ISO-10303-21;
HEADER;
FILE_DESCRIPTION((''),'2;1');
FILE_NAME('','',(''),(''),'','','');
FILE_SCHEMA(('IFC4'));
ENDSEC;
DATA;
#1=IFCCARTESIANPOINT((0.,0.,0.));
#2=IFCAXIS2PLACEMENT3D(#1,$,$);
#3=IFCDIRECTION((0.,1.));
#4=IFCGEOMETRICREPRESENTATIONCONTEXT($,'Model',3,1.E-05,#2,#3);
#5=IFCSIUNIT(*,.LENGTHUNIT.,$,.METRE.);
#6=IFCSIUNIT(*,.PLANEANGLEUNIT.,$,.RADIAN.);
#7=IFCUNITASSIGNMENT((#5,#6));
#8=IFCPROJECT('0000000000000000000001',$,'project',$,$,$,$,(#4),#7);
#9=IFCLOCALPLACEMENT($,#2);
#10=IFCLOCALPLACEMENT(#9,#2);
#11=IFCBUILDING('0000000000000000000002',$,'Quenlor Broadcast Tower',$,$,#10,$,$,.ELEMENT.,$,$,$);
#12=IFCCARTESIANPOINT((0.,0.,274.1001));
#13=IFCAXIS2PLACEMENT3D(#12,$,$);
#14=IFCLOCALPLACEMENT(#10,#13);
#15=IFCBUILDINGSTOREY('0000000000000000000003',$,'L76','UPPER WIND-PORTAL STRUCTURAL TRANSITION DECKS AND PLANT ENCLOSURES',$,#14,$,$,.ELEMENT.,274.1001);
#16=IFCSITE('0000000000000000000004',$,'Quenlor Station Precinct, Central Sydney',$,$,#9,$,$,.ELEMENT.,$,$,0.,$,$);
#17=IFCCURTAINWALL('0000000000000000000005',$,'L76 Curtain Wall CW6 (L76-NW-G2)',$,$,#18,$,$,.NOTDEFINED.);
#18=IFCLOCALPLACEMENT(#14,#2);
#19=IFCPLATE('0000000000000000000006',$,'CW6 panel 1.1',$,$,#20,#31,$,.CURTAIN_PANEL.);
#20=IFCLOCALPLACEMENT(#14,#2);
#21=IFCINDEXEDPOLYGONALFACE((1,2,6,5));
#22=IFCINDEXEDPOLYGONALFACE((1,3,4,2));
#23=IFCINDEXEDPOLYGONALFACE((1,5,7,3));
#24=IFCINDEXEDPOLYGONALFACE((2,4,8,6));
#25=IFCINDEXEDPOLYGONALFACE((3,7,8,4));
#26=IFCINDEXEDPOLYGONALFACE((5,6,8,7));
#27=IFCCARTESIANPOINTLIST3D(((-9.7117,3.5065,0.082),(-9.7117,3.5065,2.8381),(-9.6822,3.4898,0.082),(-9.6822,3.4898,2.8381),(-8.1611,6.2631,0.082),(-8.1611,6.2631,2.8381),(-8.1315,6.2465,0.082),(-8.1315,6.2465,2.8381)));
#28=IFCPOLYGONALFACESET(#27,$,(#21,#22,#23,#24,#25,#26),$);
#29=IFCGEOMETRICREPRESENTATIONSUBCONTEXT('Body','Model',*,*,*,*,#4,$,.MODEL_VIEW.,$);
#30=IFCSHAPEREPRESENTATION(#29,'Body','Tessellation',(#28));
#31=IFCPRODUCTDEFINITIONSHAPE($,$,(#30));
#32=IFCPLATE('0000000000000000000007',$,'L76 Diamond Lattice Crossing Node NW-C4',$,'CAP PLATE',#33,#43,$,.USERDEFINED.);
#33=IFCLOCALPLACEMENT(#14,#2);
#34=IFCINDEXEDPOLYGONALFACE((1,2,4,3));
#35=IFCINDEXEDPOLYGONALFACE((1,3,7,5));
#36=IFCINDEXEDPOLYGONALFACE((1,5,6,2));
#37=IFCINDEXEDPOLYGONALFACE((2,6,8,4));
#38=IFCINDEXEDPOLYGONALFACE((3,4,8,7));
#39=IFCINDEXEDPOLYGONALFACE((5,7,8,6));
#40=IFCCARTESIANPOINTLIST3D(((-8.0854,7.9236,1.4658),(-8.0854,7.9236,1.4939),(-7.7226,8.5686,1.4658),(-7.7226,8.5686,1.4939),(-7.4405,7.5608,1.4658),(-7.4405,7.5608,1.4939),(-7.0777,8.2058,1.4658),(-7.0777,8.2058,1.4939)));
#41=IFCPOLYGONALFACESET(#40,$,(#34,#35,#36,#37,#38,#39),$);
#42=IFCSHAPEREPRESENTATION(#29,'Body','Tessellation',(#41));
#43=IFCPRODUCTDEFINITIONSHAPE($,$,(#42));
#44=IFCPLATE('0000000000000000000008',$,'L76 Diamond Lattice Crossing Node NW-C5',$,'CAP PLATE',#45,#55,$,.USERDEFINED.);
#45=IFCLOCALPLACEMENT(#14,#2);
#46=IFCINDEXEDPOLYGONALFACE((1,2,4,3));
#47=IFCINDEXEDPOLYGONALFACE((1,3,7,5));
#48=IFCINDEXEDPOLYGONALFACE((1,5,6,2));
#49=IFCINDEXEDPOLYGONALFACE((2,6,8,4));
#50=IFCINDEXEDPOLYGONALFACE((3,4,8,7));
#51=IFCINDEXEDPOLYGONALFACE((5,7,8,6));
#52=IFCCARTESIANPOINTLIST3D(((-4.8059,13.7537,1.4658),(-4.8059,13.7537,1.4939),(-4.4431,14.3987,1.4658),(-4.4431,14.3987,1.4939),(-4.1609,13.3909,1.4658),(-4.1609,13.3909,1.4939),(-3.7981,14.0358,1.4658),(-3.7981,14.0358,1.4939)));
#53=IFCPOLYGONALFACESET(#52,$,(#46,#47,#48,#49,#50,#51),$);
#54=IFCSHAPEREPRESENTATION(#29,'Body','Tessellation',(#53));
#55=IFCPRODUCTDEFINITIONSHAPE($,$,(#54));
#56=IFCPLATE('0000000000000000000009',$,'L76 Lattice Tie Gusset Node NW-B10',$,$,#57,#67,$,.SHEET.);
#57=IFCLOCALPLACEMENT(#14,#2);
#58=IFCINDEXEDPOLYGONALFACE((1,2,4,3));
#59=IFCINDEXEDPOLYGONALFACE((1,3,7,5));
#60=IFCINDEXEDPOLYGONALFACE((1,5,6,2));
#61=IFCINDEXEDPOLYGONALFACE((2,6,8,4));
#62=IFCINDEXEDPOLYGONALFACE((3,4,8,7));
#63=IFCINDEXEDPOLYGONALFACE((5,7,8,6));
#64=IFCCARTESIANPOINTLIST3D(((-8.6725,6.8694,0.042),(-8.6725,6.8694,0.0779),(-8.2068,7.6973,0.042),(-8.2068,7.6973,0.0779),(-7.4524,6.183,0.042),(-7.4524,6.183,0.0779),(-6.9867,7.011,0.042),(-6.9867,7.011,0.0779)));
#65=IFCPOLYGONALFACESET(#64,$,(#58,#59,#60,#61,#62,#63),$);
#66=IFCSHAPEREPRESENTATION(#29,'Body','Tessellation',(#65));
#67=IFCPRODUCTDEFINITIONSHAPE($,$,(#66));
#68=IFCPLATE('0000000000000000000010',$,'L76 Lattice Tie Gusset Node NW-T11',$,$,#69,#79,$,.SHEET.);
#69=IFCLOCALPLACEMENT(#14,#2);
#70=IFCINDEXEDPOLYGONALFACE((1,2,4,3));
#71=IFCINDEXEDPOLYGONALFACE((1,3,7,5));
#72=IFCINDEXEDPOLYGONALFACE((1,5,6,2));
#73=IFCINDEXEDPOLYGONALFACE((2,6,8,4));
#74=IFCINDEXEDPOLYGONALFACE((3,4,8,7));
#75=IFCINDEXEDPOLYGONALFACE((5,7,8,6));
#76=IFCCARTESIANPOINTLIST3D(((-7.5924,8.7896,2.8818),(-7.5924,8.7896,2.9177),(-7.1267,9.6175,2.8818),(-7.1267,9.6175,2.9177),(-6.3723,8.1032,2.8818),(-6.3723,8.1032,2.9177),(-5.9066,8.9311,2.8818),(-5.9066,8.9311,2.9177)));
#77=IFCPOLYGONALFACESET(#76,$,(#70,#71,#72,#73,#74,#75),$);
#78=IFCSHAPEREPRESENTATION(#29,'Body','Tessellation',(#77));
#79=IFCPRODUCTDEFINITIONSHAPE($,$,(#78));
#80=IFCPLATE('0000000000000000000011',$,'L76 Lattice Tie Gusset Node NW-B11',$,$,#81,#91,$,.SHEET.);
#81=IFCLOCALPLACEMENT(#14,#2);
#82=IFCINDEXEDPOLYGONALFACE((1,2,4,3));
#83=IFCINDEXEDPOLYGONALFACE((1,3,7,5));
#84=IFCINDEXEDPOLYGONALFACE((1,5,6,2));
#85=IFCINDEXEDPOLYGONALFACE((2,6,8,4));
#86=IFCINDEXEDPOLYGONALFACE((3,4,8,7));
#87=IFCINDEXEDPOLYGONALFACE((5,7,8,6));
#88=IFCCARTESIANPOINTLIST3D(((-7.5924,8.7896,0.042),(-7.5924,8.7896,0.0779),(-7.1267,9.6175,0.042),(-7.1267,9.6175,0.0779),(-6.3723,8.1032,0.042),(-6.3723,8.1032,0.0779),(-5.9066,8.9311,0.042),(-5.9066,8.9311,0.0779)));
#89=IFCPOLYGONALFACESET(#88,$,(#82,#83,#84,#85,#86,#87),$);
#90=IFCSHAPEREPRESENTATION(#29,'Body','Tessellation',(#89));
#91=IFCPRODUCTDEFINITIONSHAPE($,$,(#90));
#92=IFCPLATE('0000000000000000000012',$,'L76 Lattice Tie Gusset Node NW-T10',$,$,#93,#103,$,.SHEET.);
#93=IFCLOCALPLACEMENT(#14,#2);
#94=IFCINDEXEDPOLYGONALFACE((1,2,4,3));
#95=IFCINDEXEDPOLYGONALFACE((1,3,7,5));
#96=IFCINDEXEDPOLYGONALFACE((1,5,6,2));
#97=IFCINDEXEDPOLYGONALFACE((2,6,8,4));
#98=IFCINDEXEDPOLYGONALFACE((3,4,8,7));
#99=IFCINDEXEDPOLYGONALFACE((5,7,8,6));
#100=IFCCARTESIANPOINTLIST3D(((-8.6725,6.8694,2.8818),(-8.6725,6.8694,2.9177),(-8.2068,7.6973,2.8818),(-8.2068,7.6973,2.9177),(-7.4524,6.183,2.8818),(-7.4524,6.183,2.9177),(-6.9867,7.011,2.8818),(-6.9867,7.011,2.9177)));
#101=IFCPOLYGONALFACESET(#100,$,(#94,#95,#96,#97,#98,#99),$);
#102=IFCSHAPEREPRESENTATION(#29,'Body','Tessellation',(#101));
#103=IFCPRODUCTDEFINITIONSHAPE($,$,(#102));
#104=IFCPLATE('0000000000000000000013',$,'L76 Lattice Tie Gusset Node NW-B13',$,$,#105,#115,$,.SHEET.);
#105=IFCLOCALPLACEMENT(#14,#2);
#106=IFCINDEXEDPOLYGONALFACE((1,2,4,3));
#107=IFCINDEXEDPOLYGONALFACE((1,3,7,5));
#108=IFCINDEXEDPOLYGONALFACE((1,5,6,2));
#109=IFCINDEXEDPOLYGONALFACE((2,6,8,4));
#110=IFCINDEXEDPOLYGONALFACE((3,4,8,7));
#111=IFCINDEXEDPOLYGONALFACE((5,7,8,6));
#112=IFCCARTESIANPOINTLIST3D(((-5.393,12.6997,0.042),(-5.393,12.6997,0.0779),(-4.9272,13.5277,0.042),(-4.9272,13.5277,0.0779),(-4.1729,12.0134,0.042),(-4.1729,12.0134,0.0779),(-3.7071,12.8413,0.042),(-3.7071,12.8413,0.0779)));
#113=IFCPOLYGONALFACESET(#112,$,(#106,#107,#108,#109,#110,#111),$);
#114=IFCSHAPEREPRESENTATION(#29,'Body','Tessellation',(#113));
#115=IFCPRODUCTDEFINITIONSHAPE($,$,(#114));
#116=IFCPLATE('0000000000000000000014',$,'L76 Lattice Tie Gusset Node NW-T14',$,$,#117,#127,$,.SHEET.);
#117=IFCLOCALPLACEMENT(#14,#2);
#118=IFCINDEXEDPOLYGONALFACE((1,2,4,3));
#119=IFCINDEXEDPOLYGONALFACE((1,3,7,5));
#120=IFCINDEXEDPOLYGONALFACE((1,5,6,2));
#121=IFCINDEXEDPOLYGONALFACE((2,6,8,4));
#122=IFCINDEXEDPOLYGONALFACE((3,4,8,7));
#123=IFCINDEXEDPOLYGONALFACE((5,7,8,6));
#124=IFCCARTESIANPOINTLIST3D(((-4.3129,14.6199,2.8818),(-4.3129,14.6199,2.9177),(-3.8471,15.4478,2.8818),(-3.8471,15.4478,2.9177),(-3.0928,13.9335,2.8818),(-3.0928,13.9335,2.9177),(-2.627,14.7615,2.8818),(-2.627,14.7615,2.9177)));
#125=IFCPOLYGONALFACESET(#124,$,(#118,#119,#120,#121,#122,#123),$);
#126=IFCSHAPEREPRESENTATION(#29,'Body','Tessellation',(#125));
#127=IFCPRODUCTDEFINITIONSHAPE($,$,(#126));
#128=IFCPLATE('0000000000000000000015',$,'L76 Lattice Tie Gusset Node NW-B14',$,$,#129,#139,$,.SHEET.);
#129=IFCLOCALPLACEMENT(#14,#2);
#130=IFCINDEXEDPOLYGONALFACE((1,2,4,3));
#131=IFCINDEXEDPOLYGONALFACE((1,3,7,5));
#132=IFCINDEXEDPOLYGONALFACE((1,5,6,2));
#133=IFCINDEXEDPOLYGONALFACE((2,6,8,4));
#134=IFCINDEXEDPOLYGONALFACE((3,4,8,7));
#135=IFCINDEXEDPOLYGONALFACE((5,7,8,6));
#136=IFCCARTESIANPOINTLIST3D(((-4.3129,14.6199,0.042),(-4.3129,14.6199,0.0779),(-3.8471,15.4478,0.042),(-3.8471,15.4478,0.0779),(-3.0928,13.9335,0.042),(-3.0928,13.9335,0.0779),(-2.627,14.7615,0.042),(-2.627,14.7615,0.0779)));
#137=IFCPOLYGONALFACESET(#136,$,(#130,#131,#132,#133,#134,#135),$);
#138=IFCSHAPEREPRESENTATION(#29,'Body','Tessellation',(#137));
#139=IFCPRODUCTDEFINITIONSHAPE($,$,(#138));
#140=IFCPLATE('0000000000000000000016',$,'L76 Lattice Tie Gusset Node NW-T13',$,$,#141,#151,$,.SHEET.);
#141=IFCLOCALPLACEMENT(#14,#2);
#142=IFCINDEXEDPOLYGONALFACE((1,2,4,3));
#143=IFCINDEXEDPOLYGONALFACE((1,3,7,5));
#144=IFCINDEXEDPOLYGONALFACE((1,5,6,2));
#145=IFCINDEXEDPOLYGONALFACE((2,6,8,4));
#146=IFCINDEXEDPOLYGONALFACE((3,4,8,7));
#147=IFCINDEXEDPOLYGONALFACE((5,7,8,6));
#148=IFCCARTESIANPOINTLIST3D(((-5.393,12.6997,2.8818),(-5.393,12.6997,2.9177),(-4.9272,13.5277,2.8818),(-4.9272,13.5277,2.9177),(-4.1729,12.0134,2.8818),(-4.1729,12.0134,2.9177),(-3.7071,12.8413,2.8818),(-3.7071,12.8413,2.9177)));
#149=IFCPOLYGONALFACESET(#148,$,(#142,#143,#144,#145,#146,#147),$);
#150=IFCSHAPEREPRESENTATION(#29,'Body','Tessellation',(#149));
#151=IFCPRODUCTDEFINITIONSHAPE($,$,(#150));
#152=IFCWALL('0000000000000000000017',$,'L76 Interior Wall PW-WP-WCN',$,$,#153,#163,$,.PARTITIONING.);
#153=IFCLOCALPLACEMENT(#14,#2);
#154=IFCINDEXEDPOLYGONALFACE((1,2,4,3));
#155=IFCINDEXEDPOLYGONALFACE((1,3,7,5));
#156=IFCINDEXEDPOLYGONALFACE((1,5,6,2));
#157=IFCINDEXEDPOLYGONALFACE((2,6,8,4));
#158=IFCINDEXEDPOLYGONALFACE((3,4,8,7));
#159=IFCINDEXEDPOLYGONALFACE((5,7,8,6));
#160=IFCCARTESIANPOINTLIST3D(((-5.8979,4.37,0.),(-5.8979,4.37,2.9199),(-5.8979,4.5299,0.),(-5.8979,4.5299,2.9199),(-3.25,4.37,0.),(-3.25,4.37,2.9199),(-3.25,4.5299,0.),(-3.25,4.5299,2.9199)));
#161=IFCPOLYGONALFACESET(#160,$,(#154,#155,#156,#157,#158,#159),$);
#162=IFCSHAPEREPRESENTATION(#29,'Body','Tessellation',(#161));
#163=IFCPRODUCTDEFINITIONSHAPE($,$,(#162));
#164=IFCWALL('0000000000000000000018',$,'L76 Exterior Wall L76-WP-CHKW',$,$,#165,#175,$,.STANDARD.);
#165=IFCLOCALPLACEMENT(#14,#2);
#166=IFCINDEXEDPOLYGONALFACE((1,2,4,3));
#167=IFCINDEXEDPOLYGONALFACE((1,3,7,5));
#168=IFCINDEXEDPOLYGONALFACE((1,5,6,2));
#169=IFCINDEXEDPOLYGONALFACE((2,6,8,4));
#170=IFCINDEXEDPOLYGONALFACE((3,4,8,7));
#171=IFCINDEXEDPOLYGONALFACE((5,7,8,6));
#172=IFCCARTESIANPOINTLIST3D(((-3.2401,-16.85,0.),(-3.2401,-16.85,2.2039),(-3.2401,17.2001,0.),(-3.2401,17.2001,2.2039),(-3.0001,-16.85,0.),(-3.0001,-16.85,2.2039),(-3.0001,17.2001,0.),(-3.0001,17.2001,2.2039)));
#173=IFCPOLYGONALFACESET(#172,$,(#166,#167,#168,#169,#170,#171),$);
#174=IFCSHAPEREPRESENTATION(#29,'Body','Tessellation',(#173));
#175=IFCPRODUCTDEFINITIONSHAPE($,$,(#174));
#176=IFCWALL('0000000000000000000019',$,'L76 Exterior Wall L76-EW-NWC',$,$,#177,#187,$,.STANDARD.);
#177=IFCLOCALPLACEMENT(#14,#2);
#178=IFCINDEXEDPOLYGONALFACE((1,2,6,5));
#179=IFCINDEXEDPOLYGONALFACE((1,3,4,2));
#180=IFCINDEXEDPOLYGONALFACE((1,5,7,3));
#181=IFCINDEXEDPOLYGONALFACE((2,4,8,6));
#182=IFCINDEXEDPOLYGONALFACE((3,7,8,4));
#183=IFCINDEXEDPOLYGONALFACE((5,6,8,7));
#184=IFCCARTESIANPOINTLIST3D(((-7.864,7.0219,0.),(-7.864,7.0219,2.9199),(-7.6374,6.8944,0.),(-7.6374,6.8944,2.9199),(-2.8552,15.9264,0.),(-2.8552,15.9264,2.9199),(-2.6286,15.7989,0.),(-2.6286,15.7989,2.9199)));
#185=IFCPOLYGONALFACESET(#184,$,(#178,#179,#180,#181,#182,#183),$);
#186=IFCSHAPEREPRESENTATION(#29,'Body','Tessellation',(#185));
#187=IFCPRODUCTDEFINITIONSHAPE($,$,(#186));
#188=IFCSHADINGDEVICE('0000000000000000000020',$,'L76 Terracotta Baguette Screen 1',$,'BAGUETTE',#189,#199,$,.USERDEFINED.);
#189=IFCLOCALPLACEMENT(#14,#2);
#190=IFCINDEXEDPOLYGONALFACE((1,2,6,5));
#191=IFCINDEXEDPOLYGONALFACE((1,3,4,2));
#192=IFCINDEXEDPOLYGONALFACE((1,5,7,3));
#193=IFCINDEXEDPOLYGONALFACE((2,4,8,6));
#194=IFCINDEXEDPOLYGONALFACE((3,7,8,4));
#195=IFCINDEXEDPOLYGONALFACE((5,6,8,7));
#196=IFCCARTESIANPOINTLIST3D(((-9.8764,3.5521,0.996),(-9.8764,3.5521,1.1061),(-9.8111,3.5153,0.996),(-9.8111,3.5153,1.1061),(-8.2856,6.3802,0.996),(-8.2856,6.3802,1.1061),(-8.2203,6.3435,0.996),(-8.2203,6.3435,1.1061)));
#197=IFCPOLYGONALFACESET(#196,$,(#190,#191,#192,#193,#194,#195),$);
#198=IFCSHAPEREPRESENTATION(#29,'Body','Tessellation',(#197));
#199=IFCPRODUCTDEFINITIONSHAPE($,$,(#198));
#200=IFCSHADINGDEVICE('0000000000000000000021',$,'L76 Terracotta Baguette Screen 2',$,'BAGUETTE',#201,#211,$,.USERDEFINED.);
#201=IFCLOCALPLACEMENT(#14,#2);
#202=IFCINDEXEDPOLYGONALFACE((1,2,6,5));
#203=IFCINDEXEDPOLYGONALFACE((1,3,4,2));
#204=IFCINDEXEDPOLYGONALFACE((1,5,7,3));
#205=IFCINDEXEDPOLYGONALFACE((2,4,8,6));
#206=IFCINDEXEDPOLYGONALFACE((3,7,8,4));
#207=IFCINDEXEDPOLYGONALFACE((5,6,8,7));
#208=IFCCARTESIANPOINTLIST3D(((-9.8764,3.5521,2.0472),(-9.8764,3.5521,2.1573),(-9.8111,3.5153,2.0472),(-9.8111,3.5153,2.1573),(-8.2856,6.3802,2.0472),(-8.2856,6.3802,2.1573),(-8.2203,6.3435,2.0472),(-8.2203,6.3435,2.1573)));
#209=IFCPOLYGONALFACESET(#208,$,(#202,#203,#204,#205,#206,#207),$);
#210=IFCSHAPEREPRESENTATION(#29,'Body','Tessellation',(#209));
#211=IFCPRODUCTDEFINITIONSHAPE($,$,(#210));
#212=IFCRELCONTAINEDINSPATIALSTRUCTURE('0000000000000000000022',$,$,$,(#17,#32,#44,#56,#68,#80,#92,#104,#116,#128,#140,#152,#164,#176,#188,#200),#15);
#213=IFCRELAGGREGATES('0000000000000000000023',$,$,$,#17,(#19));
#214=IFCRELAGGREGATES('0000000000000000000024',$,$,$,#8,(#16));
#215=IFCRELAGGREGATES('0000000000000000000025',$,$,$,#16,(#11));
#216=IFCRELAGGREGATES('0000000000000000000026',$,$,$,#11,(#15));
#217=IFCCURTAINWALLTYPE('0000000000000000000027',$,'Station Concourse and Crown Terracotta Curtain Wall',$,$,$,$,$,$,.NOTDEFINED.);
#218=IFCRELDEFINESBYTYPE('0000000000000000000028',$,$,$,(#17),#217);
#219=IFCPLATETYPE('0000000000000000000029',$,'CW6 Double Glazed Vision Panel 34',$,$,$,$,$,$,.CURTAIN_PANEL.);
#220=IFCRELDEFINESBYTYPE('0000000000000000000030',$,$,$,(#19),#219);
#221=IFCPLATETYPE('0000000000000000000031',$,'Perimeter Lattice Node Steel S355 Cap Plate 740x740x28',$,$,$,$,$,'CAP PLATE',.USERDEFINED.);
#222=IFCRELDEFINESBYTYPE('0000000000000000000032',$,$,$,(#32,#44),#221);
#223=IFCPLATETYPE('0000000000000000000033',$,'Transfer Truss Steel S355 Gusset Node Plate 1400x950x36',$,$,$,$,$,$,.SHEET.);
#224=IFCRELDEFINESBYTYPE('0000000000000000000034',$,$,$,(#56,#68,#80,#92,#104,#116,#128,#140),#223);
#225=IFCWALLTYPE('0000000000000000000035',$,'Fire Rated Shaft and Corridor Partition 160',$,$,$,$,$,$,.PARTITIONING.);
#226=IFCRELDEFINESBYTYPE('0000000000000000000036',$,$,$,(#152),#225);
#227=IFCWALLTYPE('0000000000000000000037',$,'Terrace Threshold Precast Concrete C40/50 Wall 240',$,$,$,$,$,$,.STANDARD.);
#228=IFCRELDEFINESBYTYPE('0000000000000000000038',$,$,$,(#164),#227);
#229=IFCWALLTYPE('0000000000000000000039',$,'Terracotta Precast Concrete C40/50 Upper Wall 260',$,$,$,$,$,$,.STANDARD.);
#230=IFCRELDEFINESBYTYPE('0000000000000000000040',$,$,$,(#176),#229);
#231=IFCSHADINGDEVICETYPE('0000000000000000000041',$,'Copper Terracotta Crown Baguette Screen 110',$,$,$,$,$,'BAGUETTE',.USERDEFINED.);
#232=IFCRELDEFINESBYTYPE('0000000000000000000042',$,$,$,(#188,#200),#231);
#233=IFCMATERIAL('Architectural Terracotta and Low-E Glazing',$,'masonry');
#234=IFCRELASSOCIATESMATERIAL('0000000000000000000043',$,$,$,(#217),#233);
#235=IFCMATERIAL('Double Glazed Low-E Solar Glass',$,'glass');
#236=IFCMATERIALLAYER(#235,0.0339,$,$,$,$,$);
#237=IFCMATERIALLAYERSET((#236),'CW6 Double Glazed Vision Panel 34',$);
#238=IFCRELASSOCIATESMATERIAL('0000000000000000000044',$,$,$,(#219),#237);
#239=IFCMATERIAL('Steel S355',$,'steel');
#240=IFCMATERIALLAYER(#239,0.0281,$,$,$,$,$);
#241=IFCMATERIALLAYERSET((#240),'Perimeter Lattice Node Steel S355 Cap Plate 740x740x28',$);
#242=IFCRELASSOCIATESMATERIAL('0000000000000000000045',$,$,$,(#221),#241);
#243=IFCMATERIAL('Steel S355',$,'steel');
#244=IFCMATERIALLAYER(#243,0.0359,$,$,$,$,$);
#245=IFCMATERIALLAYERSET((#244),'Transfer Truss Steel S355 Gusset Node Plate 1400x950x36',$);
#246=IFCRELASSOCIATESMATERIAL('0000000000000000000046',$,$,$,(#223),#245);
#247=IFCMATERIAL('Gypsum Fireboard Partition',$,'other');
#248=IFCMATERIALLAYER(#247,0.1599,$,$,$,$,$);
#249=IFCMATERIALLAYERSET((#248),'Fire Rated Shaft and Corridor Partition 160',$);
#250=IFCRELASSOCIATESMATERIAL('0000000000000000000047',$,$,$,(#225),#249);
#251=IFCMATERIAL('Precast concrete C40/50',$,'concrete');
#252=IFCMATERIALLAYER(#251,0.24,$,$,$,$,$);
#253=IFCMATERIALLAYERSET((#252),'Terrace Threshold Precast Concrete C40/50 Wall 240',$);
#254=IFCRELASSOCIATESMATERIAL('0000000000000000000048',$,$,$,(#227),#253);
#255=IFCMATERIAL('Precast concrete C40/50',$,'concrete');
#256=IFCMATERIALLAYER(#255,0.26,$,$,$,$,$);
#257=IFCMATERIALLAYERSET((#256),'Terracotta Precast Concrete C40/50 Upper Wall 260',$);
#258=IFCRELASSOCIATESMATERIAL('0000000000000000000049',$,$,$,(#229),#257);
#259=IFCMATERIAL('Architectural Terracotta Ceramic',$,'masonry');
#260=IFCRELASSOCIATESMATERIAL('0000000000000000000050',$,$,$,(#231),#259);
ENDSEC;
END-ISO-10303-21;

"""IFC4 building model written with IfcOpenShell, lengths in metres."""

from ifc_helpers import new_model, si_unit, direction, frame, frame_2d, origin, origin_2d, place, context, subcontext, project, spatial, rectangle, extrude, material, layer, layer_set, material_profile, profile_set, type_object, element, aggregate, save


model = new_model("IFC4")

# Units and contexts
model_context = context("Model", 3, precision=1e-05, world=origin(), true_north=direction((0.0, 1.0)))
body_context = subcontext(model_context, "Body", "Model", "MODEL_VIEW")
ifc_project = project(units=[si_unit("LENGTHUNIT", "METRE"), si_unit("PLANEANGLEUNIT", "RADIAN")], contexts=[model_context])

# Site, building, storey
site_placement = place(None, origin())
site = spatial("IfcSite", under=ifc_project, at=site_placement, Name="Quenlor Station Precinct, Central Sydney", CompositionType="ELEMENT", RefElevation=0.0)
building_placement = place(site_placement, origin())
building = spatial("IfcBuilding", under=site, at=building_placement, Name="Quenlor Broadcast Tower", CompositionType="ELEMENT")
storey_placement = place(building_placement, frame((0.0, 0.0, 274.1001)))
storey = spatial("IfcBuildingStorey", under=building, at=storey_placement, Name="L76", Description="UPPER WIND-PORTAL STRUCTURAL TRANSITION DECKS AND PLANT ENCLOSURES", CompositionType="ELEMENT", Elevation=274.1001)

# Curtain wall
ifc_material_1 = material(Name="Architectural Terracotta and Low-E Glazing", Category="masonry")
curtain_wall_type = type_object("IfcCurtainWallType", Name="Station Concourse and Crown Terracotta Curtain Wall", PredefinedType="NOTDEFINED", material=ifc_material_1)
curtain_wall_placement = place(storey_placement, origin())
curtain_wall = element("IfcCurtainWall", 1, at=curtain_wall_placement, inside=storey, type_object=curtain_wall_type, Name="L76 Curtain Wall CW6 (L76-NW-G2)", PredefinedType="NOTDEFINED")

# Plate
ifc_material_2 = material(Name="Double Glazed Low-E Solar Glass", Category="glass")
ifc_layer_1 = layer(ifc_material_2, 0.0339)
ifc_layer_set_1 = layer_set([ifc_layer_1], Name="CW6 Double Glazed Vision Panel 34")
plate_type_1 = type_object("IfcPlateType", Name="CW6 Double Glazed Vision Panel 34", PredefinedType="CURTAIN_PANEL", material=ifc_layer_set_1)
plate_placement = place(storey_placement, frame((-8.9216, 4.8765, 0.082), z_axis=(0.0, 0.0, 1.0), x_axis=(0.490268, 0.871572, 0.0)))
plate = element("IfcPlate", 2, at=plate_placement, type_object=plate_type_1, Name="CW6 panel 1.1", PredefinedType="CURTAIN_PANEL", context=body_context, shape_type="SweptSolid", body=[
    extrude(rectangle(XDim=3.1628, YDim=0.0339, at=origin_2d()), origin(), (0.0, 0.0, 1.0), 2.7561),
])
aggregate(curtain_wall, [plate])

# Plates
ifc_material_3 = material(Name="Steel S355", Category="steel")
ifc_layer_2 = layer(ifc_material_3, 0.0281)
ifc_layer_set_2 = layer_set([ifc_layer_2], Name="Perimeter Lattice Node Steel S355 Cap Plate 740x740x28")
plate_type_2 = type_object("IfcPlateType", Name="Perimeter Lattice Node Steel S355 Cap Plate 740x740x28", ElementType="CAP PLATE", PredefinedType="USERDEFINED", material=ifc_layer_set_2)
for number, where, z_axis, x_axis, name in (
    (3, (-7.5815, 8.0647, 1.4658), (0.0, 0.0, 1.0), (0.490295, 0.871556, 0.0), "L76 Diamond Lattice Crossing Node NW-C4"),
    (4, (-4.302, 13.8948, 1.4658), (0.0, 0.0, 1.0), (0.490295, 0.871556, 0.0), "L76 Diamond Lattice Crossing Node NW-C5"),
):
    element("IfcPlate", number, at=place(storey_placement, frame(where, z_axis=z_axis, x_axis=x_axis)), inside=storey, type_object=plate_type_2, Name=name, ObjectType="CAP PLATE", PredefinedType="USERDEFINED", context=body_context, shape_type="SweptSolid", body=[
        extrude(rectangle(XDim=0.74, YDim=0.74, at=origin_2d()), origin(), (0.0, 0.0, 1.0), 0.0281),
    ])
ifc_material_4 = material(Name="Steel S355", Category="steel")
ifc_layer_3 = layer(ifc_material_4, 0.0359)
ifc_layer_set_3 = layer_set([ifc_layer_3], Name="Transfer Truss Steel S355 Gusset Node Plate 1400x950x36")
plate_type_3 = type_object("IfcPlateType", Name="Transfer Truss Steel S355 Gusset Node Plate 1400x950x36", PredefinedType="SHEET", material=ifc_layer_set_3)
for number, where, z_axis, x_axis, name in (
    (5, (-7.8296, 6.9402, 0.042), (0.0, 0.0, 1.0), (-0.871556, 0.490295, 0.0), "L76 Lattice Tie Gusset Node NW-B10"),
    (6, (-6.7495, 8.8604, 2.8818), (0.0, 0.0, 1.0), (-0.871556, 0.490295, 0.0), "L76 Lattice Tie Gusset Node NW-T11"),
    (7, (-6.7495, 8.8604, 0.042), (0.0, 0.0, 1.0), (-0.871556, 0.490295, 0.0), "L76 Lattice Tie Gusset Node NW-B11"),
    (8, (-7.8296, 6.9402, 2.8818), (0.0, 0.0, 1.0), (-0.871556, 0.490295, 0.0), "L76 Lattice Tie Gusset Node NW-T10"),
    (9, (-4.55, 12.7705, 0.042), (0.0, 0.0, 1.0), (-0.871556, 0.490295, 0.0), "L76 Lattice Tie Gusset Node NW-B13"),
    (10, (-3.47, 14.6907, 2.8818), (0.0, 0.0, 1.0), (-0.871556, 0.490295, 0.0), "L76 Lattice Tie Gusset Node NW-T14"),
    (11, (-3.47, 14.6907, 0.042), (0.0, 0.0, 1.0), (-0.871556, 0.490295, 0.0), "L76 Lattice Tie Gusset Node NW-B14"),
    (12, (-4.55, 12.7705, 2.8818), (0.0, 0.0, 1.0), (-0.871556, 0.490295, 0.0), "L76 Lattice Tie Gusset Node NW-T13"),
):
    element("IfcPlate", number, at=place(storey_placement, frame(where, z_axis=z_axis, x_axis=x_axis)), inside=storey, type_object=plate_type_3, Name=name, PredefinedType="SHEET", context=body_context, shape_type="SweptSolid", body=[
        extrude(rectangle(XDim=1.3999, YDim=0.95, at=origin_2d()), origin(), (0.0, 0.0, 1.0), 0.0359),
    ])

# Walls
ifc_material_5 = material(Name="Gypsum Fireboard Partition", Category="other")
ifc_layer_4 = layer(ifc_material_5, 0.1599)
ifc_layer_set_4 = layer_set([ifc_layer_4], Name="Fire Rated Shaft and Corridor Partition 160")
wall_type_1 = type_object("IfcWallType", Name="Fire Rated Shaft and Corridor Partition 160", PredefinedType="PARTITIONING", material=ifc_layer_set_4)
wall_1_placement = place(storey_placement, frame((-5.8979, 4.45, 0.0), z_axis=(0.0, 0.0, 1.0), x_axis=(1.0, 0.0, 0.0)))
element("IfcWall", 13, at=wall_1_placement, inside=storey, type_object=wall_type_1, Name="L76 Interior Wall PW-WP-WCN", PredefinedType="PARTITIONING", context=body_context, shape_type="SweptSolid", body=[
    extrude(rectangle(XDim=2.6479, YDim=0.1599, at=frame_2d((1.324, 0.0))), origin(), (0.0, 0.0, 1.0), 2.9199),
])
ifc_material_6 = material(Name="Precast concrete C40/50", Category="concrete")
ifc_layer_5 = layer(ifc_material_6, 0.24)
ifc_layer_set_5 = layer_set([ifc_layer_5], Name="Terrace Threshold Precast Concrete C40/50 Wall 240")
wall_type_2 = type_object("IfcWallType", Name="Terrace Threshold Precast Concrete C40/50 Wall 240", PredefinedType="STANDARD", material=ifc_layer_set_5)
wall_2_placement = place(storey_placement, frame((-3.1201, 17.2, 0.0), z_axis=(0.0, 0.0, 1.0), x_axis=(0.0, -1.0, 0.0)))
element("IfcWall", 14, at=wall_2_placement, inside=storey, type_object=wall_type_2, Name="L76 Exterior Wall L76-WP-CHKW", PredefinedType="STANDARD", context=body_context, shape_type="SweptSolid", body=[
    extrude(rectangle(XDim=34.05, YDim=0.24, at=frame_2d((17.0249, 0.0))), origin(), (0.0, 0.0, 1.0), 2.2039),
])
ifc_material_7 = material(Name="Precast concrete C40/50", Category="concrete")
ifc_layer_6 = layer(ifc_material_7, 0.26)
ifc_layer_set_6 = layer_set([ifc_layer_6], Name="Terracotta Precast Concrete C40/50 Upper Wall 260")
wall_type_3 = type_object("IfcWallType", Name="Terracotta Precast Concrete C40/50 Upper Wall 260", PredefinedType="STANDARD", material=ifc_layer_set_6)
wall_3_placement = place(storey_placement, frame((-7.7507, 6.958, 0.0), z_axis=(0.0, 0.0, 1.0), x_axis=(0.49026, 0.871576, 0.0)))
element("IfcWall", 15, at=wall_3_placement, inside=storey, type_object=wall_type_3, Name="L76 Exterior Wall L76-EW-NWC", PredefinedType="STANDARD", context=body_context, shape_type="SweptSolid", body=[
    extrude(rectangle(XDim=10.2166, YDim=0.26, at=frame_2d((5.1084, 0.0))), origin(), (0.0, 0.0, 1.0), 2.9199),
])

# Shading devices
ifc_material_8 = material(Name="Architectural Terracotta Ceramic", Category="masonry")
ifc_material_profile_1 = material_profile(ifc_material_8, rectangle(XDim=0.075, YDim=0.1101, at=origin_2d()))
ifc_profile_set_1 = profile_set([ifc_material_profile_1], Name="Architectural Terracotta Ceramic BAG75x110")
shading_device_type_1 = type_object("IfcShadingDeviceType", Name="Copper Terracotta Crown Baguette Screen 110", ElementType="BAGUETTE", PredefinedType="USERDEFINED", material=ifc_profile_set_1)
for number, where, z_axis, x_axis, name in (
    (16, (-9.8438, 3.5337, 1.051), (0.490261, 0.871576, 0.0), (-0.871576, 0.490261, 0.0), "L76 Terracotta Baguette Screen 1"),
    (17, (-9.8438, 3.5337, 2.1023), (0.490261, 0.871576, 0.0), (-0.871576, 0.490261, 0.0), "L76 Terracotta Baguette Screen 2"),
):
    element("IfcShadingDevice", number, at=place(storey_placement, frame(where, z_axis=z_axis, x_axis=x_axis)), inside=storey, type_object=shading_device_type_1, Name=name, ObjectType="BAGUETTE", PredefinedType="USERDEFINED", context=body_context, shape_type="SweptSolid", body=[
        extrude(rectangle(XDim=0.075, YDim=0.1101, at=origin_2d()), origin(), (0.0, 0.0, 1.0), 3.2449),
    ])

save(model, "model.ifc")
